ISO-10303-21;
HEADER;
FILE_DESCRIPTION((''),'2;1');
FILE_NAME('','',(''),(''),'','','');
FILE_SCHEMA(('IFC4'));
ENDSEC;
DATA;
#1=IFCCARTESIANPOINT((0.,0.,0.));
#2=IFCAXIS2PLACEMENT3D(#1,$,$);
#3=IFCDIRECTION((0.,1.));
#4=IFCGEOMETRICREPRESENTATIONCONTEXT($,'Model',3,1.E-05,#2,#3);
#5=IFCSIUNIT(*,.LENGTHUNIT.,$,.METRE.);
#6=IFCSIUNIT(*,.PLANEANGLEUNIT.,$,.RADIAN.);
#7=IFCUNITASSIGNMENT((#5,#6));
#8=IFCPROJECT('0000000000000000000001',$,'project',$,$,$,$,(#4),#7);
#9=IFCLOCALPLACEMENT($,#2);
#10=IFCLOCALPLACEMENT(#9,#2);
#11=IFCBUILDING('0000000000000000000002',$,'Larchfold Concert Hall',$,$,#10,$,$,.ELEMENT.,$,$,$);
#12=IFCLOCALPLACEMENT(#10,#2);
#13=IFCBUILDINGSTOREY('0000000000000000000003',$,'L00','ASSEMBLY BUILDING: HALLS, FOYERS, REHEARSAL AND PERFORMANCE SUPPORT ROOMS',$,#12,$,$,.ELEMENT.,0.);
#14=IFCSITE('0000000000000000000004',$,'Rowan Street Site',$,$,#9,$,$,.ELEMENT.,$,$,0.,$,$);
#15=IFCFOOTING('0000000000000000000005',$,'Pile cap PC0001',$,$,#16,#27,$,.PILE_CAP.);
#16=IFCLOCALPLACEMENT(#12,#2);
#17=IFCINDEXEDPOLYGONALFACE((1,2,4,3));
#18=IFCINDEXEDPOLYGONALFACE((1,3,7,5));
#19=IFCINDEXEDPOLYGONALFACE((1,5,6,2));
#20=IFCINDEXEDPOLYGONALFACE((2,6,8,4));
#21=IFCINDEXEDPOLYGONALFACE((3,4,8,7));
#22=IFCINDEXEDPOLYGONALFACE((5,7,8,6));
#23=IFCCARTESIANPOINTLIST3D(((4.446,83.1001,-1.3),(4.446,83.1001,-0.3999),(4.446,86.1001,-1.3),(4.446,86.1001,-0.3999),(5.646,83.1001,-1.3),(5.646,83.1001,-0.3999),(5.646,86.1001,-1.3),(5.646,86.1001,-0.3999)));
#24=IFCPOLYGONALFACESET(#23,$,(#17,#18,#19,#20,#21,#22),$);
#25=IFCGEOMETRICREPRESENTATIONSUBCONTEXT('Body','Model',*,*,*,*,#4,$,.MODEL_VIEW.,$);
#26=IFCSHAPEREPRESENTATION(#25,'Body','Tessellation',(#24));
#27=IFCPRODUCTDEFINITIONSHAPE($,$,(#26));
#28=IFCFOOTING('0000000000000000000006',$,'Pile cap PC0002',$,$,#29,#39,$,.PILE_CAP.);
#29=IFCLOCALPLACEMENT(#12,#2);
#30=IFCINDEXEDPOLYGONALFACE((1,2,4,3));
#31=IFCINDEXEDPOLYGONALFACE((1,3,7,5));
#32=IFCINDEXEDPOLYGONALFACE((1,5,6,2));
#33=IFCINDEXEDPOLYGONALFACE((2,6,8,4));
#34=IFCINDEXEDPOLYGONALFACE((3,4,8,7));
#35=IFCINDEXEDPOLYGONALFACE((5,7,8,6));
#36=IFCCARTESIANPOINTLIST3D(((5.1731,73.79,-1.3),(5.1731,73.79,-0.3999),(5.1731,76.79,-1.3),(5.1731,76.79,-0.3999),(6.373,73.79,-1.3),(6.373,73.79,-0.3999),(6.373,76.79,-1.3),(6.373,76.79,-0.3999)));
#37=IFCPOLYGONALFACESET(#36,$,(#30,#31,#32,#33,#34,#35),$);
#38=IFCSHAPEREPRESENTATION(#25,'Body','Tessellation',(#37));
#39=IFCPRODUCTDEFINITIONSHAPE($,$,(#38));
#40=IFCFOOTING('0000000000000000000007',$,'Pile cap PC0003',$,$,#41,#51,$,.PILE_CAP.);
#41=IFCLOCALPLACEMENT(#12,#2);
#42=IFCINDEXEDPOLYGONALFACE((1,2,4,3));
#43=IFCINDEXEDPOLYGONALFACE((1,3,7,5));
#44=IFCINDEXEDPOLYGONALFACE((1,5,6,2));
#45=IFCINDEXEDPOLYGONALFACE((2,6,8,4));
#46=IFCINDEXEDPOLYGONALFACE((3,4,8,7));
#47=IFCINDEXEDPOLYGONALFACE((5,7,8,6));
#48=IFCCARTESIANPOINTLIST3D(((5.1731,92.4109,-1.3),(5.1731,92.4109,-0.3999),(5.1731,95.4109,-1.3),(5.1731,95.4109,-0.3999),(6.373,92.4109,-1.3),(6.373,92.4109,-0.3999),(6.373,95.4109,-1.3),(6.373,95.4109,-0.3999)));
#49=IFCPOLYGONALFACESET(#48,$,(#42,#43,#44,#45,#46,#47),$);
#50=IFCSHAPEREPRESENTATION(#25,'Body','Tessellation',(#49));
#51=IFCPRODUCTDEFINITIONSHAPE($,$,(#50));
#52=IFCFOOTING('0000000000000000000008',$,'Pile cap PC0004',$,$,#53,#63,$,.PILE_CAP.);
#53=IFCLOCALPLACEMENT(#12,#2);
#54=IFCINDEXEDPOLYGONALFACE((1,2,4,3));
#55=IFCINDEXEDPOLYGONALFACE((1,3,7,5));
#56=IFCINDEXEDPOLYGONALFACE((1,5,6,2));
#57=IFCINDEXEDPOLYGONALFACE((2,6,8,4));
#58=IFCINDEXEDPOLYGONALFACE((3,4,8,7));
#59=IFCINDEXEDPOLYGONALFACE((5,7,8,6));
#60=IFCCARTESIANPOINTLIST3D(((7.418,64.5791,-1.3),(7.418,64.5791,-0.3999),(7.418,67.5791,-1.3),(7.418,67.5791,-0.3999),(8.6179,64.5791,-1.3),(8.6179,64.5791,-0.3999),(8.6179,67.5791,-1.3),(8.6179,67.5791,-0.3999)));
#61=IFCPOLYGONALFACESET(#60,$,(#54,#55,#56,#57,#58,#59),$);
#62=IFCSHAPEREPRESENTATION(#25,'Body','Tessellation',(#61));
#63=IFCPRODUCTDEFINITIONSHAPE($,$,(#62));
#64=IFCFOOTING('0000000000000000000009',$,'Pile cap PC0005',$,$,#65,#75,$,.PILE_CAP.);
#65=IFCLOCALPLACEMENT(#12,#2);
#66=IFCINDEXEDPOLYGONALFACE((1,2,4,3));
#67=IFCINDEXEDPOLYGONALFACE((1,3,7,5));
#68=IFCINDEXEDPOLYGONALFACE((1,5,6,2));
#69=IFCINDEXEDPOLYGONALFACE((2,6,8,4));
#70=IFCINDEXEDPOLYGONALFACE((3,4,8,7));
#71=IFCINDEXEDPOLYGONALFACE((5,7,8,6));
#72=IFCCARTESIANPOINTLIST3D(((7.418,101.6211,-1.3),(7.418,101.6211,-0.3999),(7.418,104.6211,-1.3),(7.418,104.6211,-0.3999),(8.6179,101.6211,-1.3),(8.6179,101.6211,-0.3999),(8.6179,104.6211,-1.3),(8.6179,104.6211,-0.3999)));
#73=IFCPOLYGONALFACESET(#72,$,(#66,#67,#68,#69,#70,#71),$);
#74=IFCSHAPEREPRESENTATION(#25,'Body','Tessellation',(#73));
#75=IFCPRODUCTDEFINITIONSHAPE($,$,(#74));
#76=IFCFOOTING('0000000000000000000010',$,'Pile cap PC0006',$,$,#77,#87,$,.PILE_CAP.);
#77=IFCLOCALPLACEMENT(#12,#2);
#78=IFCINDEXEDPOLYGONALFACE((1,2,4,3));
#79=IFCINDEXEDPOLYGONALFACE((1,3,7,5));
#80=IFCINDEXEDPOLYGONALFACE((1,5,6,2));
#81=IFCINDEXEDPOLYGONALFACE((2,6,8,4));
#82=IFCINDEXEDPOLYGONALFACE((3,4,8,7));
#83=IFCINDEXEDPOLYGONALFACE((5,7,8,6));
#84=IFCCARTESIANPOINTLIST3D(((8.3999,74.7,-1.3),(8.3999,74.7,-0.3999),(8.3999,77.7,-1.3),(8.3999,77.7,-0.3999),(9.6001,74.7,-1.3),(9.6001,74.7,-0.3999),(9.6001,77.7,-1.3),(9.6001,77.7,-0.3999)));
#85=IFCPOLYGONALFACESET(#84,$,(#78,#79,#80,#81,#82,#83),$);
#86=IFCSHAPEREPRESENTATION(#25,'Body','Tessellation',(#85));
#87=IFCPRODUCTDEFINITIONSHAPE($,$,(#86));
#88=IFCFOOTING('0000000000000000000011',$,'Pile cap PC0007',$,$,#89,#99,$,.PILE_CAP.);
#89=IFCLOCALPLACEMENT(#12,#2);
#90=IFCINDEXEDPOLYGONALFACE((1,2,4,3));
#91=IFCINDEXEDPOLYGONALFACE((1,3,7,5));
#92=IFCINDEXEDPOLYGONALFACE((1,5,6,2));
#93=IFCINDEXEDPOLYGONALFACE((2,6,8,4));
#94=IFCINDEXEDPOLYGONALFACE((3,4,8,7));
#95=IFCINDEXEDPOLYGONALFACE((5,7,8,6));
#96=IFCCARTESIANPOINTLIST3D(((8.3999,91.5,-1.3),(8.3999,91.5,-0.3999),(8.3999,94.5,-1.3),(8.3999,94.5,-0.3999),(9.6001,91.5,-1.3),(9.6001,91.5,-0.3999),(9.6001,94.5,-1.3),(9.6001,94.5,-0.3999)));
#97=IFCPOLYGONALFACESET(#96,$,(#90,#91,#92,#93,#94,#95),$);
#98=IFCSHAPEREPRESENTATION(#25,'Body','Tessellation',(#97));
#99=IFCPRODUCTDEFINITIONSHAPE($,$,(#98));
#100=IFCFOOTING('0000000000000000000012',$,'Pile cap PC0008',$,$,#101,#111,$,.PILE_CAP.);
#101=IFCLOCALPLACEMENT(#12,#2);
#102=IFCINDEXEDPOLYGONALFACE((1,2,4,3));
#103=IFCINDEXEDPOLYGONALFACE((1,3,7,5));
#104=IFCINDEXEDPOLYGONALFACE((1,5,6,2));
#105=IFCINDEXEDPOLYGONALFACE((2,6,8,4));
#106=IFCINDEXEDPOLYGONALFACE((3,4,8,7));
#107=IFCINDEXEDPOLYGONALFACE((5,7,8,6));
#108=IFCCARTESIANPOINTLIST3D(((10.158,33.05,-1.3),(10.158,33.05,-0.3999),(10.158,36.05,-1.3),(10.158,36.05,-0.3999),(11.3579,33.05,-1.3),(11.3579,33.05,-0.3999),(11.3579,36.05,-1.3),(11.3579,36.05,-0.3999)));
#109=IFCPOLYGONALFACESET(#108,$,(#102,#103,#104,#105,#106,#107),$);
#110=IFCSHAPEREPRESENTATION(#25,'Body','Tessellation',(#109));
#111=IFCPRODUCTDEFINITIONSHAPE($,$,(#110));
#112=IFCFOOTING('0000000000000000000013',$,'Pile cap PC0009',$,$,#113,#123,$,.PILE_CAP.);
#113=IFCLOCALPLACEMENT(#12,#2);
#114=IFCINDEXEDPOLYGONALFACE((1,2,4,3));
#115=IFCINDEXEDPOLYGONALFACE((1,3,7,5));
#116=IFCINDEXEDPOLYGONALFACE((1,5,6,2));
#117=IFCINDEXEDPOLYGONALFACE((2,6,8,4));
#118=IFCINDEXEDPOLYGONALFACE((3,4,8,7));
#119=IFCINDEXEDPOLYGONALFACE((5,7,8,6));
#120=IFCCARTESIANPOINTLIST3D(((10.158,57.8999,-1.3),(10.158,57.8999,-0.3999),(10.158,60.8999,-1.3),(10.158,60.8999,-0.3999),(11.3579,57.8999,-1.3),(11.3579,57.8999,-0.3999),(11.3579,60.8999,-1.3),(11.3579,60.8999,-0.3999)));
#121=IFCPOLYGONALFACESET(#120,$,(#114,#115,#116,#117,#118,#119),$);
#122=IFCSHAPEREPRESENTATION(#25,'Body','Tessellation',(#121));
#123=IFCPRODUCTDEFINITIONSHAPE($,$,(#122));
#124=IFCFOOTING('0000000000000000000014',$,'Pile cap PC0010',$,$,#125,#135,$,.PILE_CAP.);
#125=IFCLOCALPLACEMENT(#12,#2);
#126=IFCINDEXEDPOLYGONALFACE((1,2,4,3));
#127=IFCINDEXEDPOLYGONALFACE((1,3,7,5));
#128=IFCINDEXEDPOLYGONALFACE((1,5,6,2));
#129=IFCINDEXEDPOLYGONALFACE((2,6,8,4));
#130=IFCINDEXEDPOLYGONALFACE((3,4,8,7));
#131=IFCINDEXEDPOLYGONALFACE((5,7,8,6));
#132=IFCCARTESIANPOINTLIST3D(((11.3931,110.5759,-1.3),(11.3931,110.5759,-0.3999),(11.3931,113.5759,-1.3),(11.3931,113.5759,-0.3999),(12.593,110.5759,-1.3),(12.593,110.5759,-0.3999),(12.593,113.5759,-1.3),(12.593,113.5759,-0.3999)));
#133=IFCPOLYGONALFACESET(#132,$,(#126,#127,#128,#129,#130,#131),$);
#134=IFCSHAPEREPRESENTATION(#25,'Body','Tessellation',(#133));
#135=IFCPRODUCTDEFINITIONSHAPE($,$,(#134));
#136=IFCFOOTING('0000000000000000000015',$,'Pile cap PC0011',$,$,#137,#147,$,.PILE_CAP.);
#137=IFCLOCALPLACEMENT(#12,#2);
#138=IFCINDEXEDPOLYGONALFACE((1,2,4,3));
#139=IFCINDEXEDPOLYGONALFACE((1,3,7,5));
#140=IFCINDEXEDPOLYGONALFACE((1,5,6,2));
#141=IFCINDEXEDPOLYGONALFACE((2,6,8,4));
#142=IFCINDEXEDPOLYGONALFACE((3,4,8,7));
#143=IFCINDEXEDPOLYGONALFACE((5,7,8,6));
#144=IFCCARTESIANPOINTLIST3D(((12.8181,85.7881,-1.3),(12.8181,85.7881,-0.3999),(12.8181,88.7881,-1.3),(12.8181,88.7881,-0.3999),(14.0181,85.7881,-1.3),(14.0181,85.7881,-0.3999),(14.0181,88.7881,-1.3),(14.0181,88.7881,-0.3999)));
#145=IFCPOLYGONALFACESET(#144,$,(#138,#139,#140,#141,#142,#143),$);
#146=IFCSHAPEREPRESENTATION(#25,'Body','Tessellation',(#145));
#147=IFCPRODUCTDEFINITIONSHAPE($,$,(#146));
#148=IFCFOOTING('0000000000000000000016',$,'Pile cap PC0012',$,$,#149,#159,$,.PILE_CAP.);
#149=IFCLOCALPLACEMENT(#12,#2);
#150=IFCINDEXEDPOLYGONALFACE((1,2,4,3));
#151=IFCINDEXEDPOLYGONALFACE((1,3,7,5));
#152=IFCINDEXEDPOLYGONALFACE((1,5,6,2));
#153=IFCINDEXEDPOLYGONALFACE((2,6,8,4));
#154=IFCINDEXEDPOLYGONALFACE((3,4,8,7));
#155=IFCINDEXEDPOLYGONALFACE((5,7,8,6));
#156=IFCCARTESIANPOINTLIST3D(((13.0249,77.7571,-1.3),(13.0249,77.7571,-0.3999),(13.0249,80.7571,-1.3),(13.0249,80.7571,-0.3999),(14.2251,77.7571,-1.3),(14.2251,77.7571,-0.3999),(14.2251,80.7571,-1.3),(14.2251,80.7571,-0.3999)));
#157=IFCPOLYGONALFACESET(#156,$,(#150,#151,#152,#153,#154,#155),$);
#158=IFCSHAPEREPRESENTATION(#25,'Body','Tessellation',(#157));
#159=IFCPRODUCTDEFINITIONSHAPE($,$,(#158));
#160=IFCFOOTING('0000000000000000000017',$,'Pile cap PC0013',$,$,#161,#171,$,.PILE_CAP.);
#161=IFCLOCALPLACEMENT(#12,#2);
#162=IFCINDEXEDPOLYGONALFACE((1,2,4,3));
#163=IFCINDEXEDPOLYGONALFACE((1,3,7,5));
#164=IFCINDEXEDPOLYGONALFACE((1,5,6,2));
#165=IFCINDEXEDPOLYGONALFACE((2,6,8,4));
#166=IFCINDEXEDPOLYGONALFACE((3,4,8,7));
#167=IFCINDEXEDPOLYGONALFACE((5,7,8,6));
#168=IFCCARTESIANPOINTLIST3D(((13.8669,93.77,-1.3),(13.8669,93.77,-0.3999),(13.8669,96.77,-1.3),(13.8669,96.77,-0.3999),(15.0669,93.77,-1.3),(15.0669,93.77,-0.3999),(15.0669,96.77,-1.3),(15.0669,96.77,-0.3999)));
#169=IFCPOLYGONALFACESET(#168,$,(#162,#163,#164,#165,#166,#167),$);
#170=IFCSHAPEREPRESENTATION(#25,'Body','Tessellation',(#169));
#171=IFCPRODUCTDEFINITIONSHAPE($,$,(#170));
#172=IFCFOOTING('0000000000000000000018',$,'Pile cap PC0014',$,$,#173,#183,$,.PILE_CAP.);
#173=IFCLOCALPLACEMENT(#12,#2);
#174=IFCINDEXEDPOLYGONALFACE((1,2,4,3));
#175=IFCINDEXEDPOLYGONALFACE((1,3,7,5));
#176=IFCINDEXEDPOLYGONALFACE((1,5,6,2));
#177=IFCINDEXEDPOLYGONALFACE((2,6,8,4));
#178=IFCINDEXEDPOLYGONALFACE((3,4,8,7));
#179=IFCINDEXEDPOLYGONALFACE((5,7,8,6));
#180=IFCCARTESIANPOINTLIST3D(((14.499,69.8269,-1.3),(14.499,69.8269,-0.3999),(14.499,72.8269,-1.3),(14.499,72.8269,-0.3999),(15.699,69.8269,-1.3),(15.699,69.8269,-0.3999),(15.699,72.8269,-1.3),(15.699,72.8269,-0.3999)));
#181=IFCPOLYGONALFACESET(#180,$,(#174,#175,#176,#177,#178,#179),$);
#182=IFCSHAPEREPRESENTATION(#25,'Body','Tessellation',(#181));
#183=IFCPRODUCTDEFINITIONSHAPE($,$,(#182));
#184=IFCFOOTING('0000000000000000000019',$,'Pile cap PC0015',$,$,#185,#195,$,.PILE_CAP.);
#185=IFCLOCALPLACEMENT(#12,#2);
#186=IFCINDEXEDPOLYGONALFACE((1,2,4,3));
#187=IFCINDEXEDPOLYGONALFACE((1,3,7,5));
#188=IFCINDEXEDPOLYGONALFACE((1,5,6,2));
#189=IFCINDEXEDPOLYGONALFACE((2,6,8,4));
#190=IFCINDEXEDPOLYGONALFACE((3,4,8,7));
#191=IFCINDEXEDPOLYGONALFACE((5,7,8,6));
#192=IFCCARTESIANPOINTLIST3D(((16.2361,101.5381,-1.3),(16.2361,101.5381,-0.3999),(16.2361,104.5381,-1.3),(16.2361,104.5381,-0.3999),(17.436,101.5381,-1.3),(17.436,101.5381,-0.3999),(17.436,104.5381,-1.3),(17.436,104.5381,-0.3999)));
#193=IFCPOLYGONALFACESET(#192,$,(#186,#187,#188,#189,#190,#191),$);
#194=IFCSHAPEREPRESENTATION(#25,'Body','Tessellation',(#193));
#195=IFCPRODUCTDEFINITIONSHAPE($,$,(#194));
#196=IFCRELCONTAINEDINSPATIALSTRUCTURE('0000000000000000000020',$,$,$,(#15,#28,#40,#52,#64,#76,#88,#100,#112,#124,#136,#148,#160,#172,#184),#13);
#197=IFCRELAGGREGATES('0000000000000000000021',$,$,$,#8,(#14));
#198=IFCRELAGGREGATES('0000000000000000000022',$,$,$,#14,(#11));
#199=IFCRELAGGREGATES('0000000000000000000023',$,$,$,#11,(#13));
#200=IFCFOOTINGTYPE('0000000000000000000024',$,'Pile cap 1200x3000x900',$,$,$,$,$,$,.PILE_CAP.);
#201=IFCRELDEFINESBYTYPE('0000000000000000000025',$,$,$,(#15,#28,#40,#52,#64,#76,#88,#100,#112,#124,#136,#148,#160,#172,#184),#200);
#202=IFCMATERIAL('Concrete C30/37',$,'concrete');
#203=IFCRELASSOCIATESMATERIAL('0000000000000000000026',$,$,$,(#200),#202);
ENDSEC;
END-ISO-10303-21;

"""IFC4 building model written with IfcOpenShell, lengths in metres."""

from ifc_helpers import new_model, si_unit, direction, frame, origin, place, context, subcontext, project, spatial, polyline, outline, extrude, material, type_object, element, save


model = new_model("IFC4")

# Units and contexts
model_context = context("Model", 3, precision=1e-05, world=origin(), true_north=direction((0.0, 1.0)))
body_context = subcontext(model_context, "Body", "Model", "MODEL_VIEW")
ifc_project = project(units=[si_unit("LENGTHUNIT", "METRE"), si_unit("PLANEANGLEUNIT", "RADIAN")], contexts=[model_context])

# Site, building, storey
site_placement = place(None, origin())
site = spatial("IfcSite", under=ifc_project, at=site_placement, Name="Rowan Street Site", CompositionType="ELEMENT", RefElevation=0.0)
building_placement = place(site_placement, origin())
building = spatial("IfcBuilding", under=site, at=building_placement, Name="Larchfold Concert Hall", CompositionType="ELEMENT")
storey_placement = place(building_placement, origin())
storey = spatial("IfcBuildingStorey", under=building, at=storey_placement, Name="L00", Description="ASSEMBLY BUILDING: HALLS, FOYERS, REHEARSAL AND PERFORMANCE SUPPORT ROOMS", CompositionType="ELEMENT", Elevation=0.0)

# Footings
ifc_material_1 = material(Name="Concrete C30/37", Category="concrete")
footing_type_1 = type_object("IfcFootingType", Name="Pile cap 1200x3000x900", PredefinedType="PILE_CAP", material=ifc_material_1)
footing_1_placement = place(storey_placement, frame((0.0, 0.0, -1.3)))
element("IfcFooting", 1, at=footing_1_placement, inside=storey, type_object=footing_type_1, Name="Pile cap PC0001", PredefinedType="PILE_CAP", context=body_context, shape_type="SweptSolid", body=[
    extrude(outline(polyline([(5.646, 83.1001), (5.646, 86.1001), (4.446, 86.1001), (4.446, 83.1001), (5.646, 83.1001)])), origin(), (0.0, 0.0, 1.0), 0.9001),
])
footing_2_placement = place(storey_placement, frame((0.0, 0.0, -1.3)))
element("IfcFooting", 2, at=footing_2_placement, inside=storey, type_object=footing_type_1, Name="Pile cap PC0002", PredefinedType="PILE_CAP", context=body_context, shape_type="SweptSolid", body=[
    extrude(outline(polyline([(6.373, 73.79), (6.373, 76.79), (5.1731, 76.79), (5.1731, 73.79), (6.373, 73.79)])), origin(), (0.0, 0.0, 1.0), 0.9001),
])
footing_3_placement = place(storey_placement, frame((0.0, 0.0, -1.3)))
element("IfcFooting", 3, at=footing_3_placement, inside=storey, type_object=footing_type_1, Name="Pile cap PC0003", PredefinedType="PILE_CAP", context=body_context, shape_type="SweptSolid", body=[
    extrude(outline(polyline([(6.373, 92.4109), (6.373, 95.4109), (5.1731, 95.4109), (5.1731, 92.4109), (6.373, 92.4109)])), origin(), (0.0, 0.0, 1.0), 0.9001),
])
footing_4_placement = place(storey_placement, frame((0.0, 0.0, -1.3)))
element("IfcFooting", 4, at=footing_4_placement, inside=storey, type_object=footing_type_1, Name="Pile cap PC0004", PredefinedType="PILE_CAP", context=body_context, shape_type="SweptSolid", body=[
    extrude(outline(polyline([(8.6179, 64.5791), (8.6179, 67.5791), (7.418, 67.5791), (7.418, 64.5791), (8.6179, 64.5791)])), origin(), (0.0, 0.0, 1.0), 0.9001),
])
footing_5_placement = place(storey_placement, frame((0.0, 0.0, -1.3)))
element("IfcFooting", 5, at=footing_5_placement, inside=storey, type_object=footing_type_1, Name="Pile cap PC0005", PredefinedType="PILE_CAP", context=body_context, shape_type="SweptSolid", body=[
    extrude(outline(polyline([(8.6179, 101.6211), (8.6179, 104.6211), (7.418, 104.6211), (7.418, 101.6211), (8.6179, 101.6211)])), origin(), (0.0, 0.0, 1.0), 0.9001),
])
footing_6_placement = place(storey_placement, frame((0.0, 0.0, -1.3)))
element("IfcFooting", 6, at=footing_6_placement, inside=storey, type_object=footing_type_1, Name="Pile cap PC0006", PredefinedType="PILE_CAP", context=body_context, shape_type="SweptSolid", body=[
    extrude(outline(polyline([(9.6001, 74.7), (9.6001, 77.7), (8.3999, 77.7), (8.3999, 74.7), (9.6001, 74.7)])), origin(), (0.0, 0.0, 1.0), 0.9001),
])
footing_7_placement = place(storey_placement, frame((0.0, 0.0, -1.3)))
element("IfcFooting", 7, at=footing_7_placement, inside=storey, type_object=footing_type_1, Name="Pile cap PC0007", PredefinedType="PILE_CAP", context=body_context, shape_type="SweptSolid", body=[
    extrude(outline(polyline([(9.6001, 91.5), (9.6001, 94.5), (8.3999, 94.5), (8.3999, 91.5), (9.6001, 91.5)])), origin(), (0.0, 0.0, 1.0), 0.9001),
])
footing_8_placement = place(storey_placement, frame((0.0, 0.0, -1.3)))
element("IfcFooting", 8, at=footing_8_placement, inside=storey, type_object=footing_type_1, Name="Pile cap PC0008", PredefinedType="PILE_CAP", context=body_context, shape_type="SweptSolid", body=[
    extrude(outline(polyline([(11.3579, 33.05), (11.3579, 36.05), (10.158, 36.05), (10.158, 33.05), (11.3579, 33.05)])), origin(), (0.0, 0.0, 1.0), 0.9001),
])
footing_9_placement = place(storey_placement, frame((0.0, 0.0, -1.3)))
element("IfcFooting", 9, at=footing_9_placement, inside=storey, type_object=footing_type_1, Name="Pile cap PC0009", PredefinedType="PILE_CAP", context=body_context, shape_type="SweptSolid", body=[
    extrude(outline(polyline([(11.3579, 57.8999), (11.3579, 60.8999), (10.158, 60.8999), (10.158, 57.8999), (11.3579, 57.8999)])), origin(), (0.0, 0.0, 1.0), 0.9001),
])
footing_10_placement = place(storey_placement, frame((0.0, 0.0, -1.3)))
element("IfcFooting", 10, at=footing_10_placement, inside=storey, type_object=footing_type_1, Name="Pile cap PC0010", PredefinedType="PILE_CAP", context=body_context, shape_type="SweptSolid", body=[
    extrude(outline(polyline([(12.593, 110.5759), (12.593, 113.5759), (11.3931, 113.5759), (11.3931, 110.5759), (12.593, 110.5759)])), origin(), (0.0, 0.0, 1.0), 0.9001),
])
footing_11_placement = place(storey_placement, frame((0.0, 0.0, -1.3)))
element("IfcFooting", 11, at=footing_11_placement, inside=storey, type_object=footing_type_1, Name="Pile cap PC0011", PredefinedType="PILE_CAP", context=body_context, shape_type="SweptSolid", body=[
    extrude(outline(polyline([(14.0181, 85.7881), (14.0181, 88.7881), (12.8181, 88.7881), (12.8181, 85.7881), (14.0181, 85.7881)])), origin(), (0.0, 0.0, 1.0), 0.9001),
])
footing_12_placement = place(storey_placement, frame((0.0, 0.0, -1.3)))
element("IfcFooting", 12, at=footing_12_placement, inside=storey, type_object=footing_type_1, Name="Pile cap PC0012", PredefinedType="PILE_CAP", context=body_context, shape_type="SweptSolid", body=[
    extrude(outline(polyline([(14.2251, 77.7571), (14.2251, 80.7571), (13.0249, 80.7571), (13.0249, 77.7571), (14.2251, 77.7571)])), origin(), (0.0, 0.0, 1.0), 0.9001),
])
footing_13_placement = place(storey_placement, frame((0.0, 0.0, -1.3)))
element("IfcFooting", 13, at=footing_13_placement, inside=storey, type_object=footing_type_1, Name="Pile cap PC0013", PredefinedType="PILE_CAP", context=body_context, shape_type="SweptSolid", body=[
    extrude(outline(polyline([(15.0669, 93.77), (15.0669, 96.77), (13.8669, 96.77), (13.8669, 93.77), (15.0669, 93.77)])), origin(), (0.0, 0.0, 1.0), 0.9001),
])
footing_14_placement = place(storey_placement, frame((0.0, 0.0, -1.3)))
element("IfcFooting", 14, at=footing_14_placement, inside=storey, type_object=footing_type_1, Name="Pile cap PC0014", PredefinedType="PILE_CAP", context=body_context, shape_type="SweptSolid", body=[
    extrude(outline(polyline([(15.699, 69.8269), (15.699, 72.8269), (14.499, 72.8269), (14.499, 69.8269), (15.699, 69.8269)])), origin(), (0.0, 0.0, 1.0), 0.9001),
])
footing_15_placement = place(storey_placement, frame((0.0, 0.0, -1.3)))
element("IfcFooting", 15, at=footing_15_placement, inside=storey, type_object=footing_type_1, Name="Pile cap PC0015", PredefinedType="PILE_CAP", context=body_context, shape_type="SweptSolid", body=[
    extrude(outline(polyline([(17.436, 101.5381), (17.436, 104.5381), (16.2361, 104.5381), (16.2361, 101.5381), (17.436, 101.5381)])), origin(), (0.0, 0.0, 1.0), 0.9001),
])

save(model, "model.ifc")
